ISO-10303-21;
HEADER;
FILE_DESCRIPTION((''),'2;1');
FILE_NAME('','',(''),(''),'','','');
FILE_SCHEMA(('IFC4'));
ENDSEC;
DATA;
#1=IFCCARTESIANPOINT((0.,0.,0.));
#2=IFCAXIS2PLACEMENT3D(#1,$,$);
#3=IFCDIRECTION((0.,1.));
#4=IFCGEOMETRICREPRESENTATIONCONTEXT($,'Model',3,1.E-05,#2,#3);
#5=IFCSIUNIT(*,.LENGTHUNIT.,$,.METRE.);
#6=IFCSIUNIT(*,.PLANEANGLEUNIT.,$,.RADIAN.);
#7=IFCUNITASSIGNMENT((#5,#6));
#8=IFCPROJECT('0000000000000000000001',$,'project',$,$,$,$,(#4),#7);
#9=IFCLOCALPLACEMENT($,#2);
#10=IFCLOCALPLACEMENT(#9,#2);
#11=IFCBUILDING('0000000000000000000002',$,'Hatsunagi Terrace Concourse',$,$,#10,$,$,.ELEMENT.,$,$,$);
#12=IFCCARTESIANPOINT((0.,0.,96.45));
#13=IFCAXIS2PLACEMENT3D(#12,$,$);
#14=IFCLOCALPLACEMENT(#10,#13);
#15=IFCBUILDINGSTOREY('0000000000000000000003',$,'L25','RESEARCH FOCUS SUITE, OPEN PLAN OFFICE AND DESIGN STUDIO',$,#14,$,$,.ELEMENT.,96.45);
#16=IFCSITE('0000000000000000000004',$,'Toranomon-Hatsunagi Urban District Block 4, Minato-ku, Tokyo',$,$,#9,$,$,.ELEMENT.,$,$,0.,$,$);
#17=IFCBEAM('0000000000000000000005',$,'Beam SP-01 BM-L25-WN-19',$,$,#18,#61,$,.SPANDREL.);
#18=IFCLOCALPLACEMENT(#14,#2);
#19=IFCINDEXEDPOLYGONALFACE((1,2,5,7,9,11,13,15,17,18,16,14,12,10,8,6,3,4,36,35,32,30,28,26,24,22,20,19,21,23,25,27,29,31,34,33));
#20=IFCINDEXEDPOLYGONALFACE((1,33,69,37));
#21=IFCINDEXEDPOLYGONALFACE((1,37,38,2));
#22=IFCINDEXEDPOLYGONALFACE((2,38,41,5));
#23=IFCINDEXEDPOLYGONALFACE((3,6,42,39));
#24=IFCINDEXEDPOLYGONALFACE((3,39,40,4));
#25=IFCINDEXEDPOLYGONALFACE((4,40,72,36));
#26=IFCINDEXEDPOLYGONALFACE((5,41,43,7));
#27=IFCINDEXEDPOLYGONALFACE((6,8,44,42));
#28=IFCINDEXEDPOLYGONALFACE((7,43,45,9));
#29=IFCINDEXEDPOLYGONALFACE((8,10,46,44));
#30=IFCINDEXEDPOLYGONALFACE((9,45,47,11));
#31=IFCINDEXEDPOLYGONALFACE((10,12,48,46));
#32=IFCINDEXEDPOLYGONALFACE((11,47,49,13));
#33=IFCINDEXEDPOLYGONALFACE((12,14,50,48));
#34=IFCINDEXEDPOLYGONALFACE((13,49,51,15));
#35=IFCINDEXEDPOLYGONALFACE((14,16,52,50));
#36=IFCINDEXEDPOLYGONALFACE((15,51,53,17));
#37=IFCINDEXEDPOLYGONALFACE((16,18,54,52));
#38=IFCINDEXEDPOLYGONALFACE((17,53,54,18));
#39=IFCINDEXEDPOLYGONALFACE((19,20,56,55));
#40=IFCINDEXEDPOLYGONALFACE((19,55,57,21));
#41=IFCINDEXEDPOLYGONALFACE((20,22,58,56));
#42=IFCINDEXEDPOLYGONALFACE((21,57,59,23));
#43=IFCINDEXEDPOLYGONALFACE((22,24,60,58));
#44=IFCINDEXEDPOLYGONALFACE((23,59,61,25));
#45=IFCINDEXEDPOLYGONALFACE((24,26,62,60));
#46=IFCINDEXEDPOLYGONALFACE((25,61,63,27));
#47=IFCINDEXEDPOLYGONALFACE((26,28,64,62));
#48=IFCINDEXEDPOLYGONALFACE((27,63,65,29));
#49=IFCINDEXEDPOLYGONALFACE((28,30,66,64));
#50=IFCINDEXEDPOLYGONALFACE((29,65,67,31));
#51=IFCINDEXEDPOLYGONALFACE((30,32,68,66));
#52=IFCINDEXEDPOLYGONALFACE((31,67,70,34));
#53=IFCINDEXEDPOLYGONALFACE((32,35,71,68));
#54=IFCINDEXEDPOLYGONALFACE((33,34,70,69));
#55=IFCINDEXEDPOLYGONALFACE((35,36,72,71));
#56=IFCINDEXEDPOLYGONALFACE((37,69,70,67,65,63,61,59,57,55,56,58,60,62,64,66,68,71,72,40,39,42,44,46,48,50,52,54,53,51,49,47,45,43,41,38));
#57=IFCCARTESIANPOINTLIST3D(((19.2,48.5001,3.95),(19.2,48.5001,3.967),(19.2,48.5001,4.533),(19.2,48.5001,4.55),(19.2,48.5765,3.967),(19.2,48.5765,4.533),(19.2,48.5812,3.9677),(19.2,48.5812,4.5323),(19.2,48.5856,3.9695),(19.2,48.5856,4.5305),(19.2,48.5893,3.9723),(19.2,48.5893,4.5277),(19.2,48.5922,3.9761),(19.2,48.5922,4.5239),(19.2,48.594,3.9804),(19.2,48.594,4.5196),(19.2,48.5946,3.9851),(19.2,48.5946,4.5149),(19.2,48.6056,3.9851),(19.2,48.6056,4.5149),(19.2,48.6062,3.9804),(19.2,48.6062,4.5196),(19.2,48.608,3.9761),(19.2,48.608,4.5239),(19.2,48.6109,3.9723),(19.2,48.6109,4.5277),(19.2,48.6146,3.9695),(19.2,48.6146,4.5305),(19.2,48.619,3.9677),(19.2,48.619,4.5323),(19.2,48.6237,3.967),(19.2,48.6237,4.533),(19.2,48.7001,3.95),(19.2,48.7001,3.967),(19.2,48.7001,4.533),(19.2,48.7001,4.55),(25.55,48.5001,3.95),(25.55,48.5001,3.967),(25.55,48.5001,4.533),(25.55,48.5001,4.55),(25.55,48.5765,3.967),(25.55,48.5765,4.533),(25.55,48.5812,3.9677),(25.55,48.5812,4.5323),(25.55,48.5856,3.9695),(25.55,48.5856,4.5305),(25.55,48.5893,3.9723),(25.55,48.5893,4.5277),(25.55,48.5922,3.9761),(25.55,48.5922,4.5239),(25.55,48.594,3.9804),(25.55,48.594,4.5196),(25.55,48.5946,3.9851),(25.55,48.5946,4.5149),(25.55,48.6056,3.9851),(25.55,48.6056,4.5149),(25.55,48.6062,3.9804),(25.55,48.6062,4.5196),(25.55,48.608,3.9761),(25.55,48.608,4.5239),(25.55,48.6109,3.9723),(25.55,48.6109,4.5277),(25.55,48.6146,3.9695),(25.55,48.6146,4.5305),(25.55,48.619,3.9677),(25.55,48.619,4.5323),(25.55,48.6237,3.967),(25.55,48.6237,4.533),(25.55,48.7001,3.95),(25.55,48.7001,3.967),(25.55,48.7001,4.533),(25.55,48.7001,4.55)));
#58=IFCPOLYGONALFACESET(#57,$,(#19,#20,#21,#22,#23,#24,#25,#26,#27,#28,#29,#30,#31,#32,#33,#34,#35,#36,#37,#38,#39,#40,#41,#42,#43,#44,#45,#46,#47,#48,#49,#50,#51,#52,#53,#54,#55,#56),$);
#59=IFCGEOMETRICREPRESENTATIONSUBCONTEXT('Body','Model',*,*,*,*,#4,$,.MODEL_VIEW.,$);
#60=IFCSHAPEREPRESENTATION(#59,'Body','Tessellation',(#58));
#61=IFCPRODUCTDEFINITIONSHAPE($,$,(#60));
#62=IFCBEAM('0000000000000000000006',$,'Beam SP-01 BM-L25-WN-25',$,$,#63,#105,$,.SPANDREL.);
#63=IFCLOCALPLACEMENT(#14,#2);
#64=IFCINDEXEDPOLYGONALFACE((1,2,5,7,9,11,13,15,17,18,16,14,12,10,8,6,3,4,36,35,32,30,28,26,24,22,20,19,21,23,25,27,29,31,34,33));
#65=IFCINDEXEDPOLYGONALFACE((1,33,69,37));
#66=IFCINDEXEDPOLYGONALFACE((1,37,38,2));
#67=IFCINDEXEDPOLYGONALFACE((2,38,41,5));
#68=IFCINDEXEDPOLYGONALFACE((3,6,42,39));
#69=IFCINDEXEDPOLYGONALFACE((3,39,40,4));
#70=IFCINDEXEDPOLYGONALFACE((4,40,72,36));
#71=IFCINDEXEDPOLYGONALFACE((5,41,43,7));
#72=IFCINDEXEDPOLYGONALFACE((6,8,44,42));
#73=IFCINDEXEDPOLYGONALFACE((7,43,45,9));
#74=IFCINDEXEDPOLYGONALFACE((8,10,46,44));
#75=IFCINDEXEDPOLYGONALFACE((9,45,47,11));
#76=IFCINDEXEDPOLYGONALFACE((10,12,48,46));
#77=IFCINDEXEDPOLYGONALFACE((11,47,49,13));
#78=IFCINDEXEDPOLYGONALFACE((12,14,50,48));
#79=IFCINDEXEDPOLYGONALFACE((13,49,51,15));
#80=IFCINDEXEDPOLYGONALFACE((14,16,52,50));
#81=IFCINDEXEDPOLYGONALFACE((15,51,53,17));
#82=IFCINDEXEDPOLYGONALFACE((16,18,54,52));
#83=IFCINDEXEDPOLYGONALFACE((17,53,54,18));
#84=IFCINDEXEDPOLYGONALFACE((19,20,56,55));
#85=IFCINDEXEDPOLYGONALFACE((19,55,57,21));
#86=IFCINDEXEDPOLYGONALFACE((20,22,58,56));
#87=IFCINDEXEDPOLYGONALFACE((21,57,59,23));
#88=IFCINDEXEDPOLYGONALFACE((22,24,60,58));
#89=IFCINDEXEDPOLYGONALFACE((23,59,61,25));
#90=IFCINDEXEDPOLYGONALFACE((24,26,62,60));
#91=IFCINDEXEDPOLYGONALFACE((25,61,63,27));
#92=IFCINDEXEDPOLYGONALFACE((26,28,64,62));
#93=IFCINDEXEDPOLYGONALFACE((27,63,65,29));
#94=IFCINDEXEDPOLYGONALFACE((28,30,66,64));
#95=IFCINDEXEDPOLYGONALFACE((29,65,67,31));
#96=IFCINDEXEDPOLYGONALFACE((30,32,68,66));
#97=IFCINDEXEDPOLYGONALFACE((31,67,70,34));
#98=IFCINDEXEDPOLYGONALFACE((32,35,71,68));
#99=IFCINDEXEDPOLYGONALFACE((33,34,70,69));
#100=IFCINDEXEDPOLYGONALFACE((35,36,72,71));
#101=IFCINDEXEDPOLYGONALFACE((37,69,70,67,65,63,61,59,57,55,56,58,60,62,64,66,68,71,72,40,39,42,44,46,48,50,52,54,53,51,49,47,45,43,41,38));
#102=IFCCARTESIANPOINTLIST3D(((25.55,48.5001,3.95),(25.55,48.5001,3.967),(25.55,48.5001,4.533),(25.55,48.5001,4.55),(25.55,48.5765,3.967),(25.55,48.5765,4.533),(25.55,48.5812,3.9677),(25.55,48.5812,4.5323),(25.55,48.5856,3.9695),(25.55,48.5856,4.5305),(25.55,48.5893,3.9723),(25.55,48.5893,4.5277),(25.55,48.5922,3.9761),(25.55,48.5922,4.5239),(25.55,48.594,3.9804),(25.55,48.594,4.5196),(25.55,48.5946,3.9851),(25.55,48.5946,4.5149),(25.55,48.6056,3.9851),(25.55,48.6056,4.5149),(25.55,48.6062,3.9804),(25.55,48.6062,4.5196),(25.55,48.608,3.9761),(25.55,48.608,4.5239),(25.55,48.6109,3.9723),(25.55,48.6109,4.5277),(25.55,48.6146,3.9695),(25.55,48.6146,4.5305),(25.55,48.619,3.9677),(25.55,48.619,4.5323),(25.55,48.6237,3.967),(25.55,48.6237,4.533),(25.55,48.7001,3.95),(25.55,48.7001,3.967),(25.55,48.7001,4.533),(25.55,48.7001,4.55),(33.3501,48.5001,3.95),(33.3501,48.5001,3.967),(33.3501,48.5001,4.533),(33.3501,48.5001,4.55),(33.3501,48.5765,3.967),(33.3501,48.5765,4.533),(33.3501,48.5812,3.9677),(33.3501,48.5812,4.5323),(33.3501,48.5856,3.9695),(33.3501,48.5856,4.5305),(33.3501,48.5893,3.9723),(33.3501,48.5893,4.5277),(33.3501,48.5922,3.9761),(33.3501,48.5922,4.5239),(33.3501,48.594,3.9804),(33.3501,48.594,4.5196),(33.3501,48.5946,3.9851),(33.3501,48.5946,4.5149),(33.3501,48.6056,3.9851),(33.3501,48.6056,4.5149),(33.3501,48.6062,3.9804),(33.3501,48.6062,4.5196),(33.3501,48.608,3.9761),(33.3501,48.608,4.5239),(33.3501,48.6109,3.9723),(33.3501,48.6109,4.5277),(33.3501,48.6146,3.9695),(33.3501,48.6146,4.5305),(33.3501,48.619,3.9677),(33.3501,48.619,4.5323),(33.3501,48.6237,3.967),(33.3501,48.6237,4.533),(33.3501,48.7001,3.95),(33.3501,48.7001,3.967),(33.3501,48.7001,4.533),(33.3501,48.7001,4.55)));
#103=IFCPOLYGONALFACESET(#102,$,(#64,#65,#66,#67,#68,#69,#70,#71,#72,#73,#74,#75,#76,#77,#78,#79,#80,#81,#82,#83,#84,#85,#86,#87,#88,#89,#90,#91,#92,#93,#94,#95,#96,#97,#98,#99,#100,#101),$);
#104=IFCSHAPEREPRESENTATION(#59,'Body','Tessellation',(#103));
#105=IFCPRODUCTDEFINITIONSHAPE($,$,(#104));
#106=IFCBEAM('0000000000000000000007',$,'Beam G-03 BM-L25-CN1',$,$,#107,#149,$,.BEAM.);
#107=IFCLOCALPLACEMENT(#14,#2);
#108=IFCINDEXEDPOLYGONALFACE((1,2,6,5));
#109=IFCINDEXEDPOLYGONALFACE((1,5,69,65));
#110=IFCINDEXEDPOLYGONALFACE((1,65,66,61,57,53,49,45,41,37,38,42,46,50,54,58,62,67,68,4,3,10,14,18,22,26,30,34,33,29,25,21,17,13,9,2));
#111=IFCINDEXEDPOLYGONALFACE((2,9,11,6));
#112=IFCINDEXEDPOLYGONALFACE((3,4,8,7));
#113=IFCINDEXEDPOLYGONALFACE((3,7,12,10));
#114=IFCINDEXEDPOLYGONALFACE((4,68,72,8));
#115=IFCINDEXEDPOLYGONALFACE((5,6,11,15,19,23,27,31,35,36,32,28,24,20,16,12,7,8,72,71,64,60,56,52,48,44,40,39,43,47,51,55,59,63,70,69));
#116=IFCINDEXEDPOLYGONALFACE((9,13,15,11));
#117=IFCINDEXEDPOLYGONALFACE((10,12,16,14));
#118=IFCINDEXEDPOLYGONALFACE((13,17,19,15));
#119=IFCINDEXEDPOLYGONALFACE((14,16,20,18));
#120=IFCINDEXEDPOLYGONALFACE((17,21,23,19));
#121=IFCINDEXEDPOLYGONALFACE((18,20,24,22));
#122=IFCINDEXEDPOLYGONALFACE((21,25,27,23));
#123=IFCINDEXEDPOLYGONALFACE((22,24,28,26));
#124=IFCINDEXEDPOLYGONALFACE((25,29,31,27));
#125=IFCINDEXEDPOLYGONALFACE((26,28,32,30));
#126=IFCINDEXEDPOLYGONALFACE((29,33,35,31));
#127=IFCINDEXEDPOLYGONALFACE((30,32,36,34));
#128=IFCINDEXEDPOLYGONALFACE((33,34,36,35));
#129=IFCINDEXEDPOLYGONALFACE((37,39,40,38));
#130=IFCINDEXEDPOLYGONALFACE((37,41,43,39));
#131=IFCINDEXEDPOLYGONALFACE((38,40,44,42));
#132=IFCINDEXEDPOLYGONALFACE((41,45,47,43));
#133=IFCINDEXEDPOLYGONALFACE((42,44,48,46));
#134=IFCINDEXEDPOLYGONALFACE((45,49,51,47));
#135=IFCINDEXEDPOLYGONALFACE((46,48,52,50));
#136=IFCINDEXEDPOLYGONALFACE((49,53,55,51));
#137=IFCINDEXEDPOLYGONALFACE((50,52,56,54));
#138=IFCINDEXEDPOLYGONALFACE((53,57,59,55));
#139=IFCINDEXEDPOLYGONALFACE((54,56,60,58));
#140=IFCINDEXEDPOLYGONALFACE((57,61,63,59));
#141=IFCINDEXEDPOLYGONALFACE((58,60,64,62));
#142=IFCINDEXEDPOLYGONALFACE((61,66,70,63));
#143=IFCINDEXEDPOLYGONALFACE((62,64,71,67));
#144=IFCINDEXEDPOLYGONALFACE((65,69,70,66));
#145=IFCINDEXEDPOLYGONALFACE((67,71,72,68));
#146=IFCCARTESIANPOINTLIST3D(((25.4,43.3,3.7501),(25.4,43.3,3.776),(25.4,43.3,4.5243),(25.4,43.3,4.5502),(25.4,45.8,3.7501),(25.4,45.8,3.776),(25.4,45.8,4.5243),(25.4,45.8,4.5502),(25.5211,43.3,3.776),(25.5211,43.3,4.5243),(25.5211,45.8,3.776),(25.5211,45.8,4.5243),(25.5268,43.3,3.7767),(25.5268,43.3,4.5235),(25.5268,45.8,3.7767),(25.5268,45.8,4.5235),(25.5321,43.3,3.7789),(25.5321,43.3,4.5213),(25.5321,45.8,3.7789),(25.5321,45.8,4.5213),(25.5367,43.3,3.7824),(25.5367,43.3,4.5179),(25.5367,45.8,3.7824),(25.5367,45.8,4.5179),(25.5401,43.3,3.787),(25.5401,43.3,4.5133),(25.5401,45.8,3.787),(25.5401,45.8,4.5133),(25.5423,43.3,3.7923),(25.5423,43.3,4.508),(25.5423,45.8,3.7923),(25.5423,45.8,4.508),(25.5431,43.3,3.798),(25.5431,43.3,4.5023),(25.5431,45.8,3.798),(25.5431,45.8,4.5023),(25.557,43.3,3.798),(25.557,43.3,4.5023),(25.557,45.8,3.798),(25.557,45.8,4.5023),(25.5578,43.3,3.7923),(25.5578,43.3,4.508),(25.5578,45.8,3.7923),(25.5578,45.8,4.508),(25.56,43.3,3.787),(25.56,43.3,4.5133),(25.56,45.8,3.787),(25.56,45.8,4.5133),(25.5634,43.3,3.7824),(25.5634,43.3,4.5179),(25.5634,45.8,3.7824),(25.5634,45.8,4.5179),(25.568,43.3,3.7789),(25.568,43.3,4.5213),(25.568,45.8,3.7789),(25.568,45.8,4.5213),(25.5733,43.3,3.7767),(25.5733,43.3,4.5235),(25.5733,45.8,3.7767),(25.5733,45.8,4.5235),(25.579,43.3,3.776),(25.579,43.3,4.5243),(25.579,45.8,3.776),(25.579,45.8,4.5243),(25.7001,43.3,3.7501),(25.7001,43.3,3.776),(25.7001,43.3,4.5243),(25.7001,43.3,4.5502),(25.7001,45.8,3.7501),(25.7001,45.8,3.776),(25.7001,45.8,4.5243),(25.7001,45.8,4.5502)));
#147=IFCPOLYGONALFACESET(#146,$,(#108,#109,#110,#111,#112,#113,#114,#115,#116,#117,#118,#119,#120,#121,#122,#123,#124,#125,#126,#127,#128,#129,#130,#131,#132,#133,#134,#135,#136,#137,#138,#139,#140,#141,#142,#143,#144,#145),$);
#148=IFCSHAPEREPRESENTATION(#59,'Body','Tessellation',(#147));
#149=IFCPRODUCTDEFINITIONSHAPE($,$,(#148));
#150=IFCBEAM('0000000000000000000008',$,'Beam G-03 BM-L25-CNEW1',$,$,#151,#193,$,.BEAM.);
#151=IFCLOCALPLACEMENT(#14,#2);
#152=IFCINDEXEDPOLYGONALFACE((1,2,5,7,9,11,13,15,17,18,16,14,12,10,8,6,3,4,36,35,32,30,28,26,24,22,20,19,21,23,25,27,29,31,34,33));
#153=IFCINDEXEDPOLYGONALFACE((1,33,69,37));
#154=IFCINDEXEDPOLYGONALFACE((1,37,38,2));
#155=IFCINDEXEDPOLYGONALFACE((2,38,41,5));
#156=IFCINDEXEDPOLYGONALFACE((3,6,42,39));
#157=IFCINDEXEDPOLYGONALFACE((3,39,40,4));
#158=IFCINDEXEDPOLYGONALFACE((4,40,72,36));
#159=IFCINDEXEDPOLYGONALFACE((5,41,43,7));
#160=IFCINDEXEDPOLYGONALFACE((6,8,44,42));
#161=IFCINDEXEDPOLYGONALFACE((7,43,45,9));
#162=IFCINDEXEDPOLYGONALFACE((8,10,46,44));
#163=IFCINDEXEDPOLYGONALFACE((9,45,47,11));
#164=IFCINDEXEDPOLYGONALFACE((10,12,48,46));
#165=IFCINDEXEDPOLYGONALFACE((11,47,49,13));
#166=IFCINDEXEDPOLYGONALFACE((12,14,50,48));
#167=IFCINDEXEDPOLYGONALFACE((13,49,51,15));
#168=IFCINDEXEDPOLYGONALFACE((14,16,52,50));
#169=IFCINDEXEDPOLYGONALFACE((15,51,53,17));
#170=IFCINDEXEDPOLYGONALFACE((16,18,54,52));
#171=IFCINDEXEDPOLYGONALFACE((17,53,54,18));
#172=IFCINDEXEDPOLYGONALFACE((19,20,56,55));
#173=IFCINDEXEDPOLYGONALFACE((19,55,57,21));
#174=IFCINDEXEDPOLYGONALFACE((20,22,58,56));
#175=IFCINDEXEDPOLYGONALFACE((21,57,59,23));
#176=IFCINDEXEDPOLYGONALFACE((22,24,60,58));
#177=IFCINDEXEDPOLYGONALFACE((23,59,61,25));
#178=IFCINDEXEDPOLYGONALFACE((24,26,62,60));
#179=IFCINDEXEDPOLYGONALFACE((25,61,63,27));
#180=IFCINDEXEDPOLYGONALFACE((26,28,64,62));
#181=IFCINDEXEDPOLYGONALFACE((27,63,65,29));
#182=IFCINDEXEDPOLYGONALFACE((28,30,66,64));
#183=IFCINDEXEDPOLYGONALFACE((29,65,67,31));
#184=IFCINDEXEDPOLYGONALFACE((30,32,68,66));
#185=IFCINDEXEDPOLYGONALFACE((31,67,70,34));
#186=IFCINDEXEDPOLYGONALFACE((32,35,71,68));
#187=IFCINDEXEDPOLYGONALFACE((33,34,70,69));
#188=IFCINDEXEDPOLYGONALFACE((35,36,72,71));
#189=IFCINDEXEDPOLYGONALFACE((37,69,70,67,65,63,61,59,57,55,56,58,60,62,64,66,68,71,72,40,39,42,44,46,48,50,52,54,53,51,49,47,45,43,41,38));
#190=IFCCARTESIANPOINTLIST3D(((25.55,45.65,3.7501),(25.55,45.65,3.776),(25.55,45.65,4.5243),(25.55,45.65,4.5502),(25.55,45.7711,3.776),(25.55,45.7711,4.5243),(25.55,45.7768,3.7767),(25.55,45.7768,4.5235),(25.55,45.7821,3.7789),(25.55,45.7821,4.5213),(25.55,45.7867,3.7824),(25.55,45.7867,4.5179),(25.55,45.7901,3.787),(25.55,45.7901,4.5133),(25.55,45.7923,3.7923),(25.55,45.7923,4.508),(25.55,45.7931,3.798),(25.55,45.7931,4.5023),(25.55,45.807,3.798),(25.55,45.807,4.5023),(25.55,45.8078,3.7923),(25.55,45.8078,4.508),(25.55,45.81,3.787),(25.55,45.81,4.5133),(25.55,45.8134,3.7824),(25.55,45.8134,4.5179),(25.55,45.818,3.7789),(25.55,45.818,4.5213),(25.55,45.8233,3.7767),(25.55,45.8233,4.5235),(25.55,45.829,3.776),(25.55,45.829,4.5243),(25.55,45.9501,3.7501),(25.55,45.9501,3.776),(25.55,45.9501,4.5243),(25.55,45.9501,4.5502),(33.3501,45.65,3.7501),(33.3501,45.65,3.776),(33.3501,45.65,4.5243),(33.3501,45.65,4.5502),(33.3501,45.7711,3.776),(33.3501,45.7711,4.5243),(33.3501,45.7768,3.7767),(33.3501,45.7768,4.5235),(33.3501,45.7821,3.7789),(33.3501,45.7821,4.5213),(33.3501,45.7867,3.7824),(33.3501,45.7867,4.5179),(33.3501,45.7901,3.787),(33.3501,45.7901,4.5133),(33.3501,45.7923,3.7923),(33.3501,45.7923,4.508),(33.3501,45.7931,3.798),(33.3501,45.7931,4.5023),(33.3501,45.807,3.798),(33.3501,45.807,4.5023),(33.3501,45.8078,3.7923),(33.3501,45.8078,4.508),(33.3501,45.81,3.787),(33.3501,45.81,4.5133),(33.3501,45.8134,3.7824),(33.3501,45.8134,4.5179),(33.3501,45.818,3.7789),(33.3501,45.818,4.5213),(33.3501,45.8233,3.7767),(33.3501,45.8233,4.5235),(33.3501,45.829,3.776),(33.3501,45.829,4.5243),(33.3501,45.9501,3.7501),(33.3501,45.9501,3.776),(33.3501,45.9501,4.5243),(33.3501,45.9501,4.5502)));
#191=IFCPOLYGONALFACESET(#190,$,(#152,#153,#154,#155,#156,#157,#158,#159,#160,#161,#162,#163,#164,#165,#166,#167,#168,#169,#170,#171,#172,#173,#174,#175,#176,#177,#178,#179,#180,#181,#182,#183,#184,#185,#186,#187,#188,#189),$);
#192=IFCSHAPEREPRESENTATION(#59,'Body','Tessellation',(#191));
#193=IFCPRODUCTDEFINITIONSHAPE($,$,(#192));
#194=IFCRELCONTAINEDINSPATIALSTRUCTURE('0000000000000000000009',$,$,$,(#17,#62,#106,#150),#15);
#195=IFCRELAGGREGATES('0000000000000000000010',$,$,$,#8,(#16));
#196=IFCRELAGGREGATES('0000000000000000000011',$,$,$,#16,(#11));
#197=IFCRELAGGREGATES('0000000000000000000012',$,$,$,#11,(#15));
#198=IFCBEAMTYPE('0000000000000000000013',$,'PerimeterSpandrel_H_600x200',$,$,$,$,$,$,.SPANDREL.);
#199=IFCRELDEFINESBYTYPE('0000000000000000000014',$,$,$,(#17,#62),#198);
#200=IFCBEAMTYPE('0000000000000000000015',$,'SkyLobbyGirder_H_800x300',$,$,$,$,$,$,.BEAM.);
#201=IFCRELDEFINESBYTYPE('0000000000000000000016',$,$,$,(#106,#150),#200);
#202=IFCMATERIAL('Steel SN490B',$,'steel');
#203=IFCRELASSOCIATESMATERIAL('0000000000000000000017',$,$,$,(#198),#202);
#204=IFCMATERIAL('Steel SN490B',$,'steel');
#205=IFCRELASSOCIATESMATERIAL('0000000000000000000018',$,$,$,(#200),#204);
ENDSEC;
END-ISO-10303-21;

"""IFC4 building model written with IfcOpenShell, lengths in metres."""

from ifc_helpers import new_model, si_unit, direction, frame, origin, origin_2d, place, context, subcontext, project, spatial, i_section, extrude, material, material_profile, profile_set, type_object, element, save


model = new_model("IFC4")

# Units and contexts
model_context = context("Model", 3, precision=1e-05, world=origin(), true_north=direction((0.0, 1.0)))
body_context = subcontext(model_context, "Body", "Model", "MODEL_VIEW")
ifc_project = project(units=[si_unit("LENGTHUNIT", "METRE"), si_unit("PLANEANGLEUNIT", "RADIAN")], contexts=[model_context])

# Site, building, storey
site_placement = place(None, origin())
site = spatial("IfcSite", under=ifc_project, at=site_placement, Name="Toranomon-Hatsunagi Urban District Block 4, Minato-ku, Tokyo", CompositionType="ELEMENT", RefElevation=0.0)
building_placement = place(site_placement, origin())
building = spatial("IfcBuilding", under=site, at=building_placement, Name="Hatsunagi Terrace Concourse", CompositionType="ELEMENT")
storey_placement = place(building_placement, frame((0.0, 0.0, 96.45)))
storey = spatial("IfcBuildingStorey", under=building, at=storey_placement, Name="L25", Description="RESEARCH FOCUS SUITE, OPEN PLAN OFFICE AND DESIGN STUDIO", CompositionType="ELEMENT", Elevation=96.45)

# Beams
ifc_material_1 = material(Name="Steel SN490B", Category="steel")
ifc_material_profile_1 = material_profile(ifc_material_1, i_section(OverallWidth=0.2, OverallDepth=0.6001, WebThickness=0.011, FlangeThickness=0.0171, FilletRadius=0.0181, at=origin_2d()), Name="H-600x200x11x17")
ifc_profile_set_1 = profile_set([ifc_material_profile_1], Name="Steel SN490B")
beam_type_1 = type_object("IfcBeamType", Name="PerimeterSpandrel_H_600x200", PredefinedType="SPANDREL", material=ifc_profile_set_1)
beam_1_placement = place(storey_placement, frame((19.2, 48.6001, 4.25), z_axis=(1.0, 0.0, 0.0), x_axis=(0.0, 1.0, 0.0)))
element("IfcBeam", 1, at=beam_1_placement, inside=storey, type_object=beam_type_1, Name="Beam SP-01 BM-L25-WN-19", PredefinedType="SPANDREL", context=body_context, shape_type="SweptSolid", body=[
    extrude(i_section(OverallWidth=0.2, OverallDepth=0.6001, WebThickness=0.011, FlangeThickness=0.0171, FilletRadius=0.0181, at=origin_2d()), origin(), (0.0, 0.0, 1.0), 6.3501),
])
beam_2_placement = place(storey_placement, frame((25.55, 48.6001, 4.25), z_axis=(1.0, 0.0, 0.0), x_axis=(0.0, 1.0, 0.0)))
element("IfcBeam", 2, at=beam_2_placement, inside=storey, type_object=beam_type_1, Name="Beam SP-01 BM-L25-WN-25", PredefinedType="SPANDREL", context=body_context, shape_type="SweptSolid", body=[
    extrude(i_section(OverallWidth=0.2, OverallDepth=0.6001, WebThickness=0.011, FlangeThickness=0.0171, FilletRadius=0.0181, at=origin_2d()), origin(), (0.0, 0.0, 1.0), 7.8),
])
ifc_material_2 = material(Name="Steel SN490B", Category="steel")
ifc_material_profile_2 = material_profile(ifc_material_2, i_section(OverallWidth=0.3, OverallDepth=0.8, WebThickness=0.0139, FlangeThickness=0.0259, FilletRadius=0.022, at=origin_2d()), Name="H-800x300x14x26")
ifc_profile_set_2 = profile_set([ifc_material_profile_2], Name="Steel SN490B")
beam_type_2 = type_object("IfcBeamType", Name="SkyLobbyGirder_H_800x300", PredefinedType="BEAM", material=ifc_profile_set_2)
beam_3_placement = place(storey_placement, frame((25.55, 43.3, 4.1501), z_axis=(0.0, 1.0, 0.0), x_axis=(-1.0, 0.0, 0.0)))
element("IfcBeam", 3, at=beam_3_placement, inside=storey, type_object=beam_type_2, Name="Beam G-03 BM-L25-CN1", PredefinedType="BEAM", context=body_context, shape_type="SweptSolid", body=[
    extrude(i_section(OverallWidth=0.3, OverallDepth=0.8, WebThickness=0.0139, FlangeThickness=0.0259, FilletRadius=0.022, at=origin_2d()), origin(), (0.0, 0.0, 1.0), 2.5),
])
beam_4_placement = place(storey_placement, frame((25.55, 45.8, 4.1501), z_axis=(1.0, 0.0, 0.0), x_axis=(0.0, 1.0, 0.0)))
element("IfcBeam", 4, at=beam_4_placement, inside=storey, type_object=beam_type_2, Name="Beam G-03 BM-L25-CNEW1", PredefinedType="BEAM", context=body_context, shape_type="SweptSolid", body=[
    extrude(i_section(OverallWidth=0.3, OverallDepth=0.8, WebThickness=0.0139, FlangeThickness=0.0259, FilletRadius=0.022, at=origin_2d()), origin(), (0.0, 0.0, 1.0), 7.8),
])

save(model, "model.ifc")
